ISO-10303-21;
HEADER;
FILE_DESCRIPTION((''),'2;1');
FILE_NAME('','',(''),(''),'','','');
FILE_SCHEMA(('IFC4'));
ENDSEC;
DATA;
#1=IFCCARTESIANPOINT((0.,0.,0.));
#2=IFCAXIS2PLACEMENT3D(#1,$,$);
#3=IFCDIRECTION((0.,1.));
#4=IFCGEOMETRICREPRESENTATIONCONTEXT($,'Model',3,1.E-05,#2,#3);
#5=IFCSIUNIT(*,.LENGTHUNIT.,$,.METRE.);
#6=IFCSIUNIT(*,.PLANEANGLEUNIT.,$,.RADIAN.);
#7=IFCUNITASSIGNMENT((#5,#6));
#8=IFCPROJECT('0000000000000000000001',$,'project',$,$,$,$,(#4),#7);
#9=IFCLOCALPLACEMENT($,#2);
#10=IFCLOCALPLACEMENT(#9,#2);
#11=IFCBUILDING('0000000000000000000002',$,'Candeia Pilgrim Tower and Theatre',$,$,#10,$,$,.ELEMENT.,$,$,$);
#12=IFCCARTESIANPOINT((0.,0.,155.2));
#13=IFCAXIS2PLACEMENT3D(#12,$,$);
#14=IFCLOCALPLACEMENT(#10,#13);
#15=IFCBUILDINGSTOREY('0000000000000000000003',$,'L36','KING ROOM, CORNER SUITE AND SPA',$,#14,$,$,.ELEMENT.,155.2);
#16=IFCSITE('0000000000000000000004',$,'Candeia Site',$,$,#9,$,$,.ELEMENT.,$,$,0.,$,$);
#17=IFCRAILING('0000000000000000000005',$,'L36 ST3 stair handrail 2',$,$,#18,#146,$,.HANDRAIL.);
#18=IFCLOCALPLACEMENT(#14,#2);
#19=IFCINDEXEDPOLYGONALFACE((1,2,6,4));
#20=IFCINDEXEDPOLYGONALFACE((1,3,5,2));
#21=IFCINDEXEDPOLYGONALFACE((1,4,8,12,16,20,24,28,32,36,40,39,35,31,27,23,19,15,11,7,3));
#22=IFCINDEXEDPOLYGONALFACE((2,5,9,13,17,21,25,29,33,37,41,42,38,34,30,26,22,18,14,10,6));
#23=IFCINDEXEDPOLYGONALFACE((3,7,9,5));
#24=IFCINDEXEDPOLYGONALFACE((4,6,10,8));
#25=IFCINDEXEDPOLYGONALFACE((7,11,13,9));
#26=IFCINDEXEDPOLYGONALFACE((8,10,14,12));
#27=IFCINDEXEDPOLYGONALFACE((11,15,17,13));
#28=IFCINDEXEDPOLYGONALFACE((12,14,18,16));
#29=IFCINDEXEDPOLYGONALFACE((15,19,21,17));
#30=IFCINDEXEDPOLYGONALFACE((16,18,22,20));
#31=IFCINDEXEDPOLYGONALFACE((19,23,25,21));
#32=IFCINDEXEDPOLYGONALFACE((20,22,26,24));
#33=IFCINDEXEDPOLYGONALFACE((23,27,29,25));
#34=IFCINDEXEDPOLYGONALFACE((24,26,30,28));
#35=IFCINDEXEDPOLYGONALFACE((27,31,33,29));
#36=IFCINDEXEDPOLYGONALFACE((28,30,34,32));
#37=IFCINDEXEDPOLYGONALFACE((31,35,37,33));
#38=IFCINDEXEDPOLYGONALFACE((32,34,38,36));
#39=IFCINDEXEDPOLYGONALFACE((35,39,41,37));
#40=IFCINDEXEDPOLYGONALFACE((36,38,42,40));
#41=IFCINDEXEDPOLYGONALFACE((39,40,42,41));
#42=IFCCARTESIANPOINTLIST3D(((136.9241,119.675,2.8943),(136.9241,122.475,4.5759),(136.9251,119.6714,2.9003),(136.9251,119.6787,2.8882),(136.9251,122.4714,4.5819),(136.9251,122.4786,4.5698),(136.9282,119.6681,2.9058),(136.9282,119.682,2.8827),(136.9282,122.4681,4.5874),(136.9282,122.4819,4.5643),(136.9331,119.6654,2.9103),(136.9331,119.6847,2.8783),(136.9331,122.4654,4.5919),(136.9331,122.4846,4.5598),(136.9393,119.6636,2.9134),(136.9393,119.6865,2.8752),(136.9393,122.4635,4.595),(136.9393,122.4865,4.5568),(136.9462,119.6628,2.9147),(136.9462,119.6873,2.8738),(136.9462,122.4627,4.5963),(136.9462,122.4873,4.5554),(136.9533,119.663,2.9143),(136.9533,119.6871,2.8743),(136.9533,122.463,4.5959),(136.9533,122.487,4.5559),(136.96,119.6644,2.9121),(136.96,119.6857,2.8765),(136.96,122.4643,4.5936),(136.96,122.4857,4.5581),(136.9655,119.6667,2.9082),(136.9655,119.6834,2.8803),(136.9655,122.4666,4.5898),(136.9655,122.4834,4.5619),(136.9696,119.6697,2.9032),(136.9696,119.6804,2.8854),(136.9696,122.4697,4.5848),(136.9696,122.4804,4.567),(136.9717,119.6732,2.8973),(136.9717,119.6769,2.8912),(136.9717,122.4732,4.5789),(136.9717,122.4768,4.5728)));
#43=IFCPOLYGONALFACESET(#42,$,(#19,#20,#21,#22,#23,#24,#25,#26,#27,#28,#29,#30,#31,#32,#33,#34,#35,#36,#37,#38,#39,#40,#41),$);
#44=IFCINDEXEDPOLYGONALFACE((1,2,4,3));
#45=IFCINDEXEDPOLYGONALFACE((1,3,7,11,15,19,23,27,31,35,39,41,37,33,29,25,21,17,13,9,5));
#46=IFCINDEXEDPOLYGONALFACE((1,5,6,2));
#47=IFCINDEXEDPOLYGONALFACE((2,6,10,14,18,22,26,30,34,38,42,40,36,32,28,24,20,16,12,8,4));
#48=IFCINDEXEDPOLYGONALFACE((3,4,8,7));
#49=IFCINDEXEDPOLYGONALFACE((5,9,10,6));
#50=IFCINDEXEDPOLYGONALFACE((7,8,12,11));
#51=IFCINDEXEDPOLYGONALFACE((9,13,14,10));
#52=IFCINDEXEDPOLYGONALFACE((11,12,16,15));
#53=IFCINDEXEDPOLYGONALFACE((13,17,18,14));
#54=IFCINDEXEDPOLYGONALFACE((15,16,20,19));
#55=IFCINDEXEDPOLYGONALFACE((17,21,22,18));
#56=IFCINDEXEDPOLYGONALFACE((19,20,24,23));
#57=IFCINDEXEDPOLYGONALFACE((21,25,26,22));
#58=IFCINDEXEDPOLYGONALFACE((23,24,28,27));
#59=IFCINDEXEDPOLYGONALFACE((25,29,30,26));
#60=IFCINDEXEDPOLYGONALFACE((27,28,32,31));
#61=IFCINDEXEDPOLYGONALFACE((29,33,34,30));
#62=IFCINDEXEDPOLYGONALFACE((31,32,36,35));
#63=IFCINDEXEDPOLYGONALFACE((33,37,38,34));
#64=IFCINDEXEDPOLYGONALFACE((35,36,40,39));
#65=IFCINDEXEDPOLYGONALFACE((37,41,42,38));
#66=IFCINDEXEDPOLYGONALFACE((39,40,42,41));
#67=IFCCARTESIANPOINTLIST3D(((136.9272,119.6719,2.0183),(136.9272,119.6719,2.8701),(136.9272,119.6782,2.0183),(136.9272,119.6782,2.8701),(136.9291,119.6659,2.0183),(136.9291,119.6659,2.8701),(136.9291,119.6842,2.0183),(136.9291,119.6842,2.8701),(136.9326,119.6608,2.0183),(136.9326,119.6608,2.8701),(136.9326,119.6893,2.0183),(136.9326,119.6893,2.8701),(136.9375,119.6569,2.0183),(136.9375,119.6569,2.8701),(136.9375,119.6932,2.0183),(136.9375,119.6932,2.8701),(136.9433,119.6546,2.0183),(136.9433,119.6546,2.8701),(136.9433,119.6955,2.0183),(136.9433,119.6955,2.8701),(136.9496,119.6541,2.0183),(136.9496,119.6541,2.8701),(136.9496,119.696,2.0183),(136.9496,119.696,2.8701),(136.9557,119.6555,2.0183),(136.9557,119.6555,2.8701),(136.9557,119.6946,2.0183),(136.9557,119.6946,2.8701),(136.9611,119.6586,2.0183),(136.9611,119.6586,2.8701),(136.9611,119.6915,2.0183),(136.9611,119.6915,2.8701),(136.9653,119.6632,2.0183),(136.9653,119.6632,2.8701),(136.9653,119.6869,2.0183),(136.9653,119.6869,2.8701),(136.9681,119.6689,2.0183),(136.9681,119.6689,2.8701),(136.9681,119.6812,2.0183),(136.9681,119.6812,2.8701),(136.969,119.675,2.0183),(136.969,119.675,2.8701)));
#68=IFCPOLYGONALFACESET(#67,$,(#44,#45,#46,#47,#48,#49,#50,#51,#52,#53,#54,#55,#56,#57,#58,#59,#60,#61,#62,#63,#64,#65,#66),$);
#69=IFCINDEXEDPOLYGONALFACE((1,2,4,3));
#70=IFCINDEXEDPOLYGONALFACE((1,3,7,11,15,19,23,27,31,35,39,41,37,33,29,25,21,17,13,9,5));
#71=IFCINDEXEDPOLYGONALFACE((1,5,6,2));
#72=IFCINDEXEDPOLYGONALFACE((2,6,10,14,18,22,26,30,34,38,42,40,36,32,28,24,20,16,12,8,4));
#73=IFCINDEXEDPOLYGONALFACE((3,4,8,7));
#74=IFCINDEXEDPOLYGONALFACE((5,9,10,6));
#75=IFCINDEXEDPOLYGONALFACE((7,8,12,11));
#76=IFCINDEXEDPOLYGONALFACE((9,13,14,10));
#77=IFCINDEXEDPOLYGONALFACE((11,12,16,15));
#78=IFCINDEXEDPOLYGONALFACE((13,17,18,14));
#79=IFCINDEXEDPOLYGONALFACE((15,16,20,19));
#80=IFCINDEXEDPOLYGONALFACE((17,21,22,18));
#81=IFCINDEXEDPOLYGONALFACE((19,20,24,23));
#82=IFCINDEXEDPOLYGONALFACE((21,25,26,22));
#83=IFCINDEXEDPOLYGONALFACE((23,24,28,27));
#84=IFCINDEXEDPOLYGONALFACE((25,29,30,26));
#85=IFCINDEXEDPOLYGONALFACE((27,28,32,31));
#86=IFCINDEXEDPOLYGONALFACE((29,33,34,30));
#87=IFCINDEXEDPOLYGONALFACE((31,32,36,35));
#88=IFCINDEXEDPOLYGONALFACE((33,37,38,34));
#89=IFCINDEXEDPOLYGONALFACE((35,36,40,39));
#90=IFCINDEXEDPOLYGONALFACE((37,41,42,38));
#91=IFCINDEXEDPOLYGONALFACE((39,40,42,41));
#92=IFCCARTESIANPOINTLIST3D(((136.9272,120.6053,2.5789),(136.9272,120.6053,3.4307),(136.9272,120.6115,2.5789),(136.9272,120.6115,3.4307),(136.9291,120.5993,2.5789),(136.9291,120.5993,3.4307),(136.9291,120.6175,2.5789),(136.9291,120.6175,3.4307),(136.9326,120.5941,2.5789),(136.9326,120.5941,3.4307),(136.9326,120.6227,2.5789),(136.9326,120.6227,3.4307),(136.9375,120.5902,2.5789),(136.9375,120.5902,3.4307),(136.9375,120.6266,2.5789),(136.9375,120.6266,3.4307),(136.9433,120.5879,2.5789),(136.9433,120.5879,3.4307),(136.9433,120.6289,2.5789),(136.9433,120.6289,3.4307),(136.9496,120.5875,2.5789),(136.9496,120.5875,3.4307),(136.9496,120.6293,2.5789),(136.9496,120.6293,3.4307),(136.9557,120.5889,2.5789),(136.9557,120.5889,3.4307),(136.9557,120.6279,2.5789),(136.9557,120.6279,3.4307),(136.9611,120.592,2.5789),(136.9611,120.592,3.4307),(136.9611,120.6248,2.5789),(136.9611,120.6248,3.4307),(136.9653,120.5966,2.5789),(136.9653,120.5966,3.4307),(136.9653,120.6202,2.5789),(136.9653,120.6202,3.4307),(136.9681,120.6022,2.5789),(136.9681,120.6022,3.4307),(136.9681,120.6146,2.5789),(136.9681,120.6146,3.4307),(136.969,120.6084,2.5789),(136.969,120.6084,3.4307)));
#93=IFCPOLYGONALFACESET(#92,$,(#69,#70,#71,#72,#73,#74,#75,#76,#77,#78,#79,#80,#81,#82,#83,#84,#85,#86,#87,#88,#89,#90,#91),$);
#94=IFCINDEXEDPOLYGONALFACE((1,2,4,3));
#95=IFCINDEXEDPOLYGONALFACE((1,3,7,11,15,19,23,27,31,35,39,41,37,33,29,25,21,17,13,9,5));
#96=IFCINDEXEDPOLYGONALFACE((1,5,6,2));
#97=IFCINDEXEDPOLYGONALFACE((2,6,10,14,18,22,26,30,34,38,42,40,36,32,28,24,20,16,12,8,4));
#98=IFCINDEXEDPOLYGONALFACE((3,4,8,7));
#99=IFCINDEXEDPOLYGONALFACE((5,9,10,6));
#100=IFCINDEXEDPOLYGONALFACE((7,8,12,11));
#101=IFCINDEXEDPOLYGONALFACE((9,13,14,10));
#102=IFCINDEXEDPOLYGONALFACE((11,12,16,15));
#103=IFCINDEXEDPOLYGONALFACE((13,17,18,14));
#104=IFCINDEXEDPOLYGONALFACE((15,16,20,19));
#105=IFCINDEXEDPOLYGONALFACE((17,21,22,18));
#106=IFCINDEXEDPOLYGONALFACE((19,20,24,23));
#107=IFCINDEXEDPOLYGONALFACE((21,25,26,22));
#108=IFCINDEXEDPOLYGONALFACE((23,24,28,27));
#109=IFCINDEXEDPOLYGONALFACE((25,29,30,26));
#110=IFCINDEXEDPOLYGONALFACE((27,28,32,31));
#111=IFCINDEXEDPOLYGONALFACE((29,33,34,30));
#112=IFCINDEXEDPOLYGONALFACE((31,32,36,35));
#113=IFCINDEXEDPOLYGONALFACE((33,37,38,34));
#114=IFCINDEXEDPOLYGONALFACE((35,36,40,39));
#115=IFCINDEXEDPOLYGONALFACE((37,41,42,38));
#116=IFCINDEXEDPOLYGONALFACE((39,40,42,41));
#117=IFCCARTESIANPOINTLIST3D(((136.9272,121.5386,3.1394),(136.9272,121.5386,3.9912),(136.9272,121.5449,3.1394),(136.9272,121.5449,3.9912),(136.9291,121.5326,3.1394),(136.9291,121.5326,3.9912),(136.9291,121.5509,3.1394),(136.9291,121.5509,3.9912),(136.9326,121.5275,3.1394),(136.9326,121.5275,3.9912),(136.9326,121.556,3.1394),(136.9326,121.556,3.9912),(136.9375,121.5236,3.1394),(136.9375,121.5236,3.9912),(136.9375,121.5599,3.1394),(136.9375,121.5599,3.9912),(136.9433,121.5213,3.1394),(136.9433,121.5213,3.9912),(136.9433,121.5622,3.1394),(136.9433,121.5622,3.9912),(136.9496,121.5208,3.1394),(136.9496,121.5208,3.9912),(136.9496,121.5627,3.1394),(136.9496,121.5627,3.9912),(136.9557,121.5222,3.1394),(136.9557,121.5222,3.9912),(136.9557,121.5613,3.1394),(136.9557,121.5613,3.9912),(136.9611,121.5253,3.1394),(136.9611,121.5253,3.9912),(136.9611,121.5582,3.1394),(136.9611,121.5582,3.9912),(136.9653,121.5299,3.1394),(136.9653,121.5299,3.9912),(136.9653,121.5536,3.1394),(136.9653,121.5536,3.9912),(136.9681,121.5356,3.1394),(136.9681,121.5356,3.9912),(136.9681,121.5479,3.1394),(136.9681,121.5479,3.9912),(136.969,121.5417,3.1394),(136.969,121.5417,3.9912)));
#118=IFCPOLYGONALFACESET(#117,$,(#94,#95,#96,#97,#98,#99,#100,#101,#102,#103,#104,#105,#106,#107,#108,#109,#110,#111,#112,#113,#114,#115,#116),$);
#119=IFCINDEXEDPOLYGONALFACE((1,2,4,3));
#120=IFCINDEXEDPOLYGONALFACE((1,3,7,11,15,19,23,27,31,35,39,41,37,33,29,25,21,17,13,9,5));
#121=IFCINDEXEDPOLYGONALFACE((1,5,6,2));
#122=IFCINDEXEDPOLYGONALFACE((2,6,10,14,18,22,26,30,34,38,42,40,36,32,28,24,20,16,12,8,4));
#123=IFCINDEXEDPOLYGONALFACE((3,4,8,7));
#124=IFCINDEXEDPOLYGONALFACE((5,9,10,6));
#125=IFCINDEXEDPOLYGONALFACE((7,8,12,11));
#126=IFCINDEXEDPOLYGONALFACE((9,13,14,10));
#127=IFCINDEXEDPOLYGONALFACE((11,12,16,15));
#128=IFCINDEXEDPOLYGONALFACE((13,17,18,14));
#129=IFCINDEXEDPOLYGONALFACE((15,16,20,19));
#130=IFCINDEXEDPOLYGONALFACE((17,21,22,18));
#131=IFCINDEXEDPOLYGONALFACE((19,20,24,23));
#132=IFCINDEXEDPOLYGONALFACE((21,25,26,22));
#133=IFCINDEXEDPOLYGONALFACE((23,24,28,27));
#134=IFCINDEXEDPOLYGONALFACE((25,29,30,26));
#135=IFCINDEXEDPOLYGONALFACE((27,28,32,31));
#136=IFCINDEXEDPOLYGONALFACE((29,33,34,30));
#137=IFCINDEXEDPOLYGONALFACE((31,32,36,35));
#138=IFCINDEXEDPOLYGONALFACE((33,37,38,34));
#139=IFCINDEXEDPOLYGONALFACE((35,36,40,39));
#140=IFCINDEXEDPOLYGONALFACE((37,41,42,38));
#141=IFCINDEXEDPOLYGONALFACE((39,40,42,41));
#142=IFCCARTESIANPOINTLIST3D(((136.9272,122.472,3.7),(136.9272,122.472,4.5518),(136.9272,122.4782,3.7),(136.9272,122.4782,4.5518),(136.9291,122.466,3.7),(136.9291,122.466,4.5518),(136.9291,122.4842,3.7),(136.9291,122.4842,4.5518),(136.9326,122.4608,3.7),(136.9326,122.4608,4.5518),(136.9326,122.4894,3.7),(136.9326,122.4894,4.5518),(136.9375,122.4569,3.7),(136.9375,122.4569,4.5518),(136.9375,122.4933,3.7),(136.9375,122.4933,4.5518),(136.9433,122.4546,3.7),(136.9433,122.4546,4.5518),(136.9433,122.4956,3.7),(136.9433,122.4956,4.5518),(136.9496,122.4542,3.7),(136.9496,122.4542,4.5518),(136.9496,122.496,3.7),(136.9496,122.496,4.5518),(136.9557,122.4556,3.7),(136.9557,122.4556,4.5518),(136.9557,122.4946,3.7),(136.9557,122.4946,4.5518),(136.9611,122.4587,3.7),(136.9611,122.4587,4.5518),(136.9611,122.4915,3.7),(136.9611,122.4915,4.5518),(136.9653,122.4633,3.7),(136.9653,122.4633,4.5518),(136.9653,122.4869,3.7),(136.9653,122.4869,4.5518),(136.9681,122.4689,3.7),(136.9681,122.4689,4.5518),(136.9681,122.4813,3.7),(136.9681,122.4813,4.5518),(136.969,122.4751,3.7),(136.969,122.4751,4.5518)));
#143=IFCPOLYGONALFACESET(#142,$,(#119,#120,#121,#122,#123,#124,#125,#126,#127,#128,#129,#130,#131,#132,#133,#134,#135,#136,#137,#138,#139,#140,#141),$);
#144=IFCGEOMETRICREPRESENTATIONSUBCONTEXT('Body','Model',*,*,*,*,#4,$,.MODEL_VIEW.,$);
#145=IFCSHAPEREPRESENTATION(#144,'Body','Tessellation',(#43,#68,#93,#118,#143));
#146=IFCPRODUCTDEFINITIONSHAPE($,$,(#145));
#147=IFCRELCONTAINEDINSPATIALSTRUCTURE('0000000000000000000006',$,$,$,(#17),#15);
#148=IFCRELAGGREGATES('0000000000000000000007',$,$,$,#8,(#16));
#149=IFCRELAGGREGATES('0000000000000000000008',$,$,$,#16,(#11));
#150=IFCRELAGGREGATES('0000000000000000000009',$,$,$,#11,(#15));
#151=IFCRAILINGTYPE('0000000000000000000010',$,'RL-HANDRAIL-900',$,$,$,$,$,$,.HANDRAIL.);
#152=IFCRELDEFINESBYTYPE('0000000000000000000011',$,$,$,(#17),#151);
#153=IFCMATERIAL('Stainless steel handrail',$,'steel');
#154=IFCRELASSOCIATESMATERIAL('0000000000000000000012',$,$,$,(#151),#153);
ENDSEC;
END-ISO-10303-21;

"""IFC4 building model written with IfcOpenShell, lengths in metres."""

from ifc_helpers import new_model, si_unit, direction, frame, origin, origin_2d, place, context, subcontext, project, spatial, circle, extrude, material, type_object, element, save


model = new_model("IFC4")

# Units and contexts
model_context = context("Model", 3, precision=1e-05, world=origin(), true_north=direction((0.0, 1.0)))
body_context = subcontext(model_context, "Body", "Model", "MODEL_VIEW")
ifc_project = project(units=[si_unit("LENGTHUNIT", "METRE"), si_unit("PLANEANGLEUNIT", "RADIAN")], contexts=[model_context])

# Site, building, storey
site_placement = place(None, origin())
site = spatial("IfcSite", under=ifc_project, at=site_placement, Name="Candeia Site", CompositionType="ELEMENT", RefElevation=0.0)
building_placement = place(site_placement, origin())
building = spatial("IfcBuilding", under=site, at=building_placement, Name="Candeia Pilgrim Tower and Theatre", CompositionType="ELEMENT")
storey_placement = place(building_placement, frame((0.0, 0.0, 155.2)))
storey = spatial("IfcBuildingStorey", under=building, at=storey_placement, Name="L36", Description="KING ROOM, CORNER SUITE AND SPA", CompositionType="ELEMENT", Elevation=155.2)

# Railing
ifc_material_1 = material(Name="Stainless steel handrail", Category="steel")
railing_type_1 = type_object("IfcRailingType", Name="RL-HANDRAIL-900", PredefinedType="HANDRAIL", material=ifc_material_1)
railing_1_placement = place(storey_placement, frame((136.948, 119.675, 2.0183)))
element("IfcRailing", 1, at=railing_1_placement, inside=storey, type_object=railing_type_1, Name="L36 ST3 stair handrail 2", PredefinedType="HANDRAIL", context=body_context, shape_type="SweptSolid", body=[
    extrude(circle(Radius=0.0239, at=origin_2d()), frame((0.0, 0.0, 0.876), z_axis=(0.0, 0.857275, 0.514858), x_axis=(-1.0, 0.0, 0.0)), (0.0, 0.0, 1.0), 3.2661),
    extrude(circle(Radius=0.021, at=origin_2d()), origin(), (0.0, 0.0, 1.0), 0.8518),
    extrude(circle(Radius=0.021, at=origin_2d()), frame((0.0, 0.9333, 0.5605)), (0.0, 0.0, 1.0), 0.8518),
    extrude(circle(Radius=0.021, at=origin_2d()), frame((0.0, 1.8667, 1.1211)), (0.0, 0.0, 1.0), 0.8518),
    extrude(circle(Radius=0.021, at=origin_2d()), frame((0.0, 2.8, 1.6816)), (0.0, 0.0, 1.0), 0.8518),
])

save(model, "model.ifc")
